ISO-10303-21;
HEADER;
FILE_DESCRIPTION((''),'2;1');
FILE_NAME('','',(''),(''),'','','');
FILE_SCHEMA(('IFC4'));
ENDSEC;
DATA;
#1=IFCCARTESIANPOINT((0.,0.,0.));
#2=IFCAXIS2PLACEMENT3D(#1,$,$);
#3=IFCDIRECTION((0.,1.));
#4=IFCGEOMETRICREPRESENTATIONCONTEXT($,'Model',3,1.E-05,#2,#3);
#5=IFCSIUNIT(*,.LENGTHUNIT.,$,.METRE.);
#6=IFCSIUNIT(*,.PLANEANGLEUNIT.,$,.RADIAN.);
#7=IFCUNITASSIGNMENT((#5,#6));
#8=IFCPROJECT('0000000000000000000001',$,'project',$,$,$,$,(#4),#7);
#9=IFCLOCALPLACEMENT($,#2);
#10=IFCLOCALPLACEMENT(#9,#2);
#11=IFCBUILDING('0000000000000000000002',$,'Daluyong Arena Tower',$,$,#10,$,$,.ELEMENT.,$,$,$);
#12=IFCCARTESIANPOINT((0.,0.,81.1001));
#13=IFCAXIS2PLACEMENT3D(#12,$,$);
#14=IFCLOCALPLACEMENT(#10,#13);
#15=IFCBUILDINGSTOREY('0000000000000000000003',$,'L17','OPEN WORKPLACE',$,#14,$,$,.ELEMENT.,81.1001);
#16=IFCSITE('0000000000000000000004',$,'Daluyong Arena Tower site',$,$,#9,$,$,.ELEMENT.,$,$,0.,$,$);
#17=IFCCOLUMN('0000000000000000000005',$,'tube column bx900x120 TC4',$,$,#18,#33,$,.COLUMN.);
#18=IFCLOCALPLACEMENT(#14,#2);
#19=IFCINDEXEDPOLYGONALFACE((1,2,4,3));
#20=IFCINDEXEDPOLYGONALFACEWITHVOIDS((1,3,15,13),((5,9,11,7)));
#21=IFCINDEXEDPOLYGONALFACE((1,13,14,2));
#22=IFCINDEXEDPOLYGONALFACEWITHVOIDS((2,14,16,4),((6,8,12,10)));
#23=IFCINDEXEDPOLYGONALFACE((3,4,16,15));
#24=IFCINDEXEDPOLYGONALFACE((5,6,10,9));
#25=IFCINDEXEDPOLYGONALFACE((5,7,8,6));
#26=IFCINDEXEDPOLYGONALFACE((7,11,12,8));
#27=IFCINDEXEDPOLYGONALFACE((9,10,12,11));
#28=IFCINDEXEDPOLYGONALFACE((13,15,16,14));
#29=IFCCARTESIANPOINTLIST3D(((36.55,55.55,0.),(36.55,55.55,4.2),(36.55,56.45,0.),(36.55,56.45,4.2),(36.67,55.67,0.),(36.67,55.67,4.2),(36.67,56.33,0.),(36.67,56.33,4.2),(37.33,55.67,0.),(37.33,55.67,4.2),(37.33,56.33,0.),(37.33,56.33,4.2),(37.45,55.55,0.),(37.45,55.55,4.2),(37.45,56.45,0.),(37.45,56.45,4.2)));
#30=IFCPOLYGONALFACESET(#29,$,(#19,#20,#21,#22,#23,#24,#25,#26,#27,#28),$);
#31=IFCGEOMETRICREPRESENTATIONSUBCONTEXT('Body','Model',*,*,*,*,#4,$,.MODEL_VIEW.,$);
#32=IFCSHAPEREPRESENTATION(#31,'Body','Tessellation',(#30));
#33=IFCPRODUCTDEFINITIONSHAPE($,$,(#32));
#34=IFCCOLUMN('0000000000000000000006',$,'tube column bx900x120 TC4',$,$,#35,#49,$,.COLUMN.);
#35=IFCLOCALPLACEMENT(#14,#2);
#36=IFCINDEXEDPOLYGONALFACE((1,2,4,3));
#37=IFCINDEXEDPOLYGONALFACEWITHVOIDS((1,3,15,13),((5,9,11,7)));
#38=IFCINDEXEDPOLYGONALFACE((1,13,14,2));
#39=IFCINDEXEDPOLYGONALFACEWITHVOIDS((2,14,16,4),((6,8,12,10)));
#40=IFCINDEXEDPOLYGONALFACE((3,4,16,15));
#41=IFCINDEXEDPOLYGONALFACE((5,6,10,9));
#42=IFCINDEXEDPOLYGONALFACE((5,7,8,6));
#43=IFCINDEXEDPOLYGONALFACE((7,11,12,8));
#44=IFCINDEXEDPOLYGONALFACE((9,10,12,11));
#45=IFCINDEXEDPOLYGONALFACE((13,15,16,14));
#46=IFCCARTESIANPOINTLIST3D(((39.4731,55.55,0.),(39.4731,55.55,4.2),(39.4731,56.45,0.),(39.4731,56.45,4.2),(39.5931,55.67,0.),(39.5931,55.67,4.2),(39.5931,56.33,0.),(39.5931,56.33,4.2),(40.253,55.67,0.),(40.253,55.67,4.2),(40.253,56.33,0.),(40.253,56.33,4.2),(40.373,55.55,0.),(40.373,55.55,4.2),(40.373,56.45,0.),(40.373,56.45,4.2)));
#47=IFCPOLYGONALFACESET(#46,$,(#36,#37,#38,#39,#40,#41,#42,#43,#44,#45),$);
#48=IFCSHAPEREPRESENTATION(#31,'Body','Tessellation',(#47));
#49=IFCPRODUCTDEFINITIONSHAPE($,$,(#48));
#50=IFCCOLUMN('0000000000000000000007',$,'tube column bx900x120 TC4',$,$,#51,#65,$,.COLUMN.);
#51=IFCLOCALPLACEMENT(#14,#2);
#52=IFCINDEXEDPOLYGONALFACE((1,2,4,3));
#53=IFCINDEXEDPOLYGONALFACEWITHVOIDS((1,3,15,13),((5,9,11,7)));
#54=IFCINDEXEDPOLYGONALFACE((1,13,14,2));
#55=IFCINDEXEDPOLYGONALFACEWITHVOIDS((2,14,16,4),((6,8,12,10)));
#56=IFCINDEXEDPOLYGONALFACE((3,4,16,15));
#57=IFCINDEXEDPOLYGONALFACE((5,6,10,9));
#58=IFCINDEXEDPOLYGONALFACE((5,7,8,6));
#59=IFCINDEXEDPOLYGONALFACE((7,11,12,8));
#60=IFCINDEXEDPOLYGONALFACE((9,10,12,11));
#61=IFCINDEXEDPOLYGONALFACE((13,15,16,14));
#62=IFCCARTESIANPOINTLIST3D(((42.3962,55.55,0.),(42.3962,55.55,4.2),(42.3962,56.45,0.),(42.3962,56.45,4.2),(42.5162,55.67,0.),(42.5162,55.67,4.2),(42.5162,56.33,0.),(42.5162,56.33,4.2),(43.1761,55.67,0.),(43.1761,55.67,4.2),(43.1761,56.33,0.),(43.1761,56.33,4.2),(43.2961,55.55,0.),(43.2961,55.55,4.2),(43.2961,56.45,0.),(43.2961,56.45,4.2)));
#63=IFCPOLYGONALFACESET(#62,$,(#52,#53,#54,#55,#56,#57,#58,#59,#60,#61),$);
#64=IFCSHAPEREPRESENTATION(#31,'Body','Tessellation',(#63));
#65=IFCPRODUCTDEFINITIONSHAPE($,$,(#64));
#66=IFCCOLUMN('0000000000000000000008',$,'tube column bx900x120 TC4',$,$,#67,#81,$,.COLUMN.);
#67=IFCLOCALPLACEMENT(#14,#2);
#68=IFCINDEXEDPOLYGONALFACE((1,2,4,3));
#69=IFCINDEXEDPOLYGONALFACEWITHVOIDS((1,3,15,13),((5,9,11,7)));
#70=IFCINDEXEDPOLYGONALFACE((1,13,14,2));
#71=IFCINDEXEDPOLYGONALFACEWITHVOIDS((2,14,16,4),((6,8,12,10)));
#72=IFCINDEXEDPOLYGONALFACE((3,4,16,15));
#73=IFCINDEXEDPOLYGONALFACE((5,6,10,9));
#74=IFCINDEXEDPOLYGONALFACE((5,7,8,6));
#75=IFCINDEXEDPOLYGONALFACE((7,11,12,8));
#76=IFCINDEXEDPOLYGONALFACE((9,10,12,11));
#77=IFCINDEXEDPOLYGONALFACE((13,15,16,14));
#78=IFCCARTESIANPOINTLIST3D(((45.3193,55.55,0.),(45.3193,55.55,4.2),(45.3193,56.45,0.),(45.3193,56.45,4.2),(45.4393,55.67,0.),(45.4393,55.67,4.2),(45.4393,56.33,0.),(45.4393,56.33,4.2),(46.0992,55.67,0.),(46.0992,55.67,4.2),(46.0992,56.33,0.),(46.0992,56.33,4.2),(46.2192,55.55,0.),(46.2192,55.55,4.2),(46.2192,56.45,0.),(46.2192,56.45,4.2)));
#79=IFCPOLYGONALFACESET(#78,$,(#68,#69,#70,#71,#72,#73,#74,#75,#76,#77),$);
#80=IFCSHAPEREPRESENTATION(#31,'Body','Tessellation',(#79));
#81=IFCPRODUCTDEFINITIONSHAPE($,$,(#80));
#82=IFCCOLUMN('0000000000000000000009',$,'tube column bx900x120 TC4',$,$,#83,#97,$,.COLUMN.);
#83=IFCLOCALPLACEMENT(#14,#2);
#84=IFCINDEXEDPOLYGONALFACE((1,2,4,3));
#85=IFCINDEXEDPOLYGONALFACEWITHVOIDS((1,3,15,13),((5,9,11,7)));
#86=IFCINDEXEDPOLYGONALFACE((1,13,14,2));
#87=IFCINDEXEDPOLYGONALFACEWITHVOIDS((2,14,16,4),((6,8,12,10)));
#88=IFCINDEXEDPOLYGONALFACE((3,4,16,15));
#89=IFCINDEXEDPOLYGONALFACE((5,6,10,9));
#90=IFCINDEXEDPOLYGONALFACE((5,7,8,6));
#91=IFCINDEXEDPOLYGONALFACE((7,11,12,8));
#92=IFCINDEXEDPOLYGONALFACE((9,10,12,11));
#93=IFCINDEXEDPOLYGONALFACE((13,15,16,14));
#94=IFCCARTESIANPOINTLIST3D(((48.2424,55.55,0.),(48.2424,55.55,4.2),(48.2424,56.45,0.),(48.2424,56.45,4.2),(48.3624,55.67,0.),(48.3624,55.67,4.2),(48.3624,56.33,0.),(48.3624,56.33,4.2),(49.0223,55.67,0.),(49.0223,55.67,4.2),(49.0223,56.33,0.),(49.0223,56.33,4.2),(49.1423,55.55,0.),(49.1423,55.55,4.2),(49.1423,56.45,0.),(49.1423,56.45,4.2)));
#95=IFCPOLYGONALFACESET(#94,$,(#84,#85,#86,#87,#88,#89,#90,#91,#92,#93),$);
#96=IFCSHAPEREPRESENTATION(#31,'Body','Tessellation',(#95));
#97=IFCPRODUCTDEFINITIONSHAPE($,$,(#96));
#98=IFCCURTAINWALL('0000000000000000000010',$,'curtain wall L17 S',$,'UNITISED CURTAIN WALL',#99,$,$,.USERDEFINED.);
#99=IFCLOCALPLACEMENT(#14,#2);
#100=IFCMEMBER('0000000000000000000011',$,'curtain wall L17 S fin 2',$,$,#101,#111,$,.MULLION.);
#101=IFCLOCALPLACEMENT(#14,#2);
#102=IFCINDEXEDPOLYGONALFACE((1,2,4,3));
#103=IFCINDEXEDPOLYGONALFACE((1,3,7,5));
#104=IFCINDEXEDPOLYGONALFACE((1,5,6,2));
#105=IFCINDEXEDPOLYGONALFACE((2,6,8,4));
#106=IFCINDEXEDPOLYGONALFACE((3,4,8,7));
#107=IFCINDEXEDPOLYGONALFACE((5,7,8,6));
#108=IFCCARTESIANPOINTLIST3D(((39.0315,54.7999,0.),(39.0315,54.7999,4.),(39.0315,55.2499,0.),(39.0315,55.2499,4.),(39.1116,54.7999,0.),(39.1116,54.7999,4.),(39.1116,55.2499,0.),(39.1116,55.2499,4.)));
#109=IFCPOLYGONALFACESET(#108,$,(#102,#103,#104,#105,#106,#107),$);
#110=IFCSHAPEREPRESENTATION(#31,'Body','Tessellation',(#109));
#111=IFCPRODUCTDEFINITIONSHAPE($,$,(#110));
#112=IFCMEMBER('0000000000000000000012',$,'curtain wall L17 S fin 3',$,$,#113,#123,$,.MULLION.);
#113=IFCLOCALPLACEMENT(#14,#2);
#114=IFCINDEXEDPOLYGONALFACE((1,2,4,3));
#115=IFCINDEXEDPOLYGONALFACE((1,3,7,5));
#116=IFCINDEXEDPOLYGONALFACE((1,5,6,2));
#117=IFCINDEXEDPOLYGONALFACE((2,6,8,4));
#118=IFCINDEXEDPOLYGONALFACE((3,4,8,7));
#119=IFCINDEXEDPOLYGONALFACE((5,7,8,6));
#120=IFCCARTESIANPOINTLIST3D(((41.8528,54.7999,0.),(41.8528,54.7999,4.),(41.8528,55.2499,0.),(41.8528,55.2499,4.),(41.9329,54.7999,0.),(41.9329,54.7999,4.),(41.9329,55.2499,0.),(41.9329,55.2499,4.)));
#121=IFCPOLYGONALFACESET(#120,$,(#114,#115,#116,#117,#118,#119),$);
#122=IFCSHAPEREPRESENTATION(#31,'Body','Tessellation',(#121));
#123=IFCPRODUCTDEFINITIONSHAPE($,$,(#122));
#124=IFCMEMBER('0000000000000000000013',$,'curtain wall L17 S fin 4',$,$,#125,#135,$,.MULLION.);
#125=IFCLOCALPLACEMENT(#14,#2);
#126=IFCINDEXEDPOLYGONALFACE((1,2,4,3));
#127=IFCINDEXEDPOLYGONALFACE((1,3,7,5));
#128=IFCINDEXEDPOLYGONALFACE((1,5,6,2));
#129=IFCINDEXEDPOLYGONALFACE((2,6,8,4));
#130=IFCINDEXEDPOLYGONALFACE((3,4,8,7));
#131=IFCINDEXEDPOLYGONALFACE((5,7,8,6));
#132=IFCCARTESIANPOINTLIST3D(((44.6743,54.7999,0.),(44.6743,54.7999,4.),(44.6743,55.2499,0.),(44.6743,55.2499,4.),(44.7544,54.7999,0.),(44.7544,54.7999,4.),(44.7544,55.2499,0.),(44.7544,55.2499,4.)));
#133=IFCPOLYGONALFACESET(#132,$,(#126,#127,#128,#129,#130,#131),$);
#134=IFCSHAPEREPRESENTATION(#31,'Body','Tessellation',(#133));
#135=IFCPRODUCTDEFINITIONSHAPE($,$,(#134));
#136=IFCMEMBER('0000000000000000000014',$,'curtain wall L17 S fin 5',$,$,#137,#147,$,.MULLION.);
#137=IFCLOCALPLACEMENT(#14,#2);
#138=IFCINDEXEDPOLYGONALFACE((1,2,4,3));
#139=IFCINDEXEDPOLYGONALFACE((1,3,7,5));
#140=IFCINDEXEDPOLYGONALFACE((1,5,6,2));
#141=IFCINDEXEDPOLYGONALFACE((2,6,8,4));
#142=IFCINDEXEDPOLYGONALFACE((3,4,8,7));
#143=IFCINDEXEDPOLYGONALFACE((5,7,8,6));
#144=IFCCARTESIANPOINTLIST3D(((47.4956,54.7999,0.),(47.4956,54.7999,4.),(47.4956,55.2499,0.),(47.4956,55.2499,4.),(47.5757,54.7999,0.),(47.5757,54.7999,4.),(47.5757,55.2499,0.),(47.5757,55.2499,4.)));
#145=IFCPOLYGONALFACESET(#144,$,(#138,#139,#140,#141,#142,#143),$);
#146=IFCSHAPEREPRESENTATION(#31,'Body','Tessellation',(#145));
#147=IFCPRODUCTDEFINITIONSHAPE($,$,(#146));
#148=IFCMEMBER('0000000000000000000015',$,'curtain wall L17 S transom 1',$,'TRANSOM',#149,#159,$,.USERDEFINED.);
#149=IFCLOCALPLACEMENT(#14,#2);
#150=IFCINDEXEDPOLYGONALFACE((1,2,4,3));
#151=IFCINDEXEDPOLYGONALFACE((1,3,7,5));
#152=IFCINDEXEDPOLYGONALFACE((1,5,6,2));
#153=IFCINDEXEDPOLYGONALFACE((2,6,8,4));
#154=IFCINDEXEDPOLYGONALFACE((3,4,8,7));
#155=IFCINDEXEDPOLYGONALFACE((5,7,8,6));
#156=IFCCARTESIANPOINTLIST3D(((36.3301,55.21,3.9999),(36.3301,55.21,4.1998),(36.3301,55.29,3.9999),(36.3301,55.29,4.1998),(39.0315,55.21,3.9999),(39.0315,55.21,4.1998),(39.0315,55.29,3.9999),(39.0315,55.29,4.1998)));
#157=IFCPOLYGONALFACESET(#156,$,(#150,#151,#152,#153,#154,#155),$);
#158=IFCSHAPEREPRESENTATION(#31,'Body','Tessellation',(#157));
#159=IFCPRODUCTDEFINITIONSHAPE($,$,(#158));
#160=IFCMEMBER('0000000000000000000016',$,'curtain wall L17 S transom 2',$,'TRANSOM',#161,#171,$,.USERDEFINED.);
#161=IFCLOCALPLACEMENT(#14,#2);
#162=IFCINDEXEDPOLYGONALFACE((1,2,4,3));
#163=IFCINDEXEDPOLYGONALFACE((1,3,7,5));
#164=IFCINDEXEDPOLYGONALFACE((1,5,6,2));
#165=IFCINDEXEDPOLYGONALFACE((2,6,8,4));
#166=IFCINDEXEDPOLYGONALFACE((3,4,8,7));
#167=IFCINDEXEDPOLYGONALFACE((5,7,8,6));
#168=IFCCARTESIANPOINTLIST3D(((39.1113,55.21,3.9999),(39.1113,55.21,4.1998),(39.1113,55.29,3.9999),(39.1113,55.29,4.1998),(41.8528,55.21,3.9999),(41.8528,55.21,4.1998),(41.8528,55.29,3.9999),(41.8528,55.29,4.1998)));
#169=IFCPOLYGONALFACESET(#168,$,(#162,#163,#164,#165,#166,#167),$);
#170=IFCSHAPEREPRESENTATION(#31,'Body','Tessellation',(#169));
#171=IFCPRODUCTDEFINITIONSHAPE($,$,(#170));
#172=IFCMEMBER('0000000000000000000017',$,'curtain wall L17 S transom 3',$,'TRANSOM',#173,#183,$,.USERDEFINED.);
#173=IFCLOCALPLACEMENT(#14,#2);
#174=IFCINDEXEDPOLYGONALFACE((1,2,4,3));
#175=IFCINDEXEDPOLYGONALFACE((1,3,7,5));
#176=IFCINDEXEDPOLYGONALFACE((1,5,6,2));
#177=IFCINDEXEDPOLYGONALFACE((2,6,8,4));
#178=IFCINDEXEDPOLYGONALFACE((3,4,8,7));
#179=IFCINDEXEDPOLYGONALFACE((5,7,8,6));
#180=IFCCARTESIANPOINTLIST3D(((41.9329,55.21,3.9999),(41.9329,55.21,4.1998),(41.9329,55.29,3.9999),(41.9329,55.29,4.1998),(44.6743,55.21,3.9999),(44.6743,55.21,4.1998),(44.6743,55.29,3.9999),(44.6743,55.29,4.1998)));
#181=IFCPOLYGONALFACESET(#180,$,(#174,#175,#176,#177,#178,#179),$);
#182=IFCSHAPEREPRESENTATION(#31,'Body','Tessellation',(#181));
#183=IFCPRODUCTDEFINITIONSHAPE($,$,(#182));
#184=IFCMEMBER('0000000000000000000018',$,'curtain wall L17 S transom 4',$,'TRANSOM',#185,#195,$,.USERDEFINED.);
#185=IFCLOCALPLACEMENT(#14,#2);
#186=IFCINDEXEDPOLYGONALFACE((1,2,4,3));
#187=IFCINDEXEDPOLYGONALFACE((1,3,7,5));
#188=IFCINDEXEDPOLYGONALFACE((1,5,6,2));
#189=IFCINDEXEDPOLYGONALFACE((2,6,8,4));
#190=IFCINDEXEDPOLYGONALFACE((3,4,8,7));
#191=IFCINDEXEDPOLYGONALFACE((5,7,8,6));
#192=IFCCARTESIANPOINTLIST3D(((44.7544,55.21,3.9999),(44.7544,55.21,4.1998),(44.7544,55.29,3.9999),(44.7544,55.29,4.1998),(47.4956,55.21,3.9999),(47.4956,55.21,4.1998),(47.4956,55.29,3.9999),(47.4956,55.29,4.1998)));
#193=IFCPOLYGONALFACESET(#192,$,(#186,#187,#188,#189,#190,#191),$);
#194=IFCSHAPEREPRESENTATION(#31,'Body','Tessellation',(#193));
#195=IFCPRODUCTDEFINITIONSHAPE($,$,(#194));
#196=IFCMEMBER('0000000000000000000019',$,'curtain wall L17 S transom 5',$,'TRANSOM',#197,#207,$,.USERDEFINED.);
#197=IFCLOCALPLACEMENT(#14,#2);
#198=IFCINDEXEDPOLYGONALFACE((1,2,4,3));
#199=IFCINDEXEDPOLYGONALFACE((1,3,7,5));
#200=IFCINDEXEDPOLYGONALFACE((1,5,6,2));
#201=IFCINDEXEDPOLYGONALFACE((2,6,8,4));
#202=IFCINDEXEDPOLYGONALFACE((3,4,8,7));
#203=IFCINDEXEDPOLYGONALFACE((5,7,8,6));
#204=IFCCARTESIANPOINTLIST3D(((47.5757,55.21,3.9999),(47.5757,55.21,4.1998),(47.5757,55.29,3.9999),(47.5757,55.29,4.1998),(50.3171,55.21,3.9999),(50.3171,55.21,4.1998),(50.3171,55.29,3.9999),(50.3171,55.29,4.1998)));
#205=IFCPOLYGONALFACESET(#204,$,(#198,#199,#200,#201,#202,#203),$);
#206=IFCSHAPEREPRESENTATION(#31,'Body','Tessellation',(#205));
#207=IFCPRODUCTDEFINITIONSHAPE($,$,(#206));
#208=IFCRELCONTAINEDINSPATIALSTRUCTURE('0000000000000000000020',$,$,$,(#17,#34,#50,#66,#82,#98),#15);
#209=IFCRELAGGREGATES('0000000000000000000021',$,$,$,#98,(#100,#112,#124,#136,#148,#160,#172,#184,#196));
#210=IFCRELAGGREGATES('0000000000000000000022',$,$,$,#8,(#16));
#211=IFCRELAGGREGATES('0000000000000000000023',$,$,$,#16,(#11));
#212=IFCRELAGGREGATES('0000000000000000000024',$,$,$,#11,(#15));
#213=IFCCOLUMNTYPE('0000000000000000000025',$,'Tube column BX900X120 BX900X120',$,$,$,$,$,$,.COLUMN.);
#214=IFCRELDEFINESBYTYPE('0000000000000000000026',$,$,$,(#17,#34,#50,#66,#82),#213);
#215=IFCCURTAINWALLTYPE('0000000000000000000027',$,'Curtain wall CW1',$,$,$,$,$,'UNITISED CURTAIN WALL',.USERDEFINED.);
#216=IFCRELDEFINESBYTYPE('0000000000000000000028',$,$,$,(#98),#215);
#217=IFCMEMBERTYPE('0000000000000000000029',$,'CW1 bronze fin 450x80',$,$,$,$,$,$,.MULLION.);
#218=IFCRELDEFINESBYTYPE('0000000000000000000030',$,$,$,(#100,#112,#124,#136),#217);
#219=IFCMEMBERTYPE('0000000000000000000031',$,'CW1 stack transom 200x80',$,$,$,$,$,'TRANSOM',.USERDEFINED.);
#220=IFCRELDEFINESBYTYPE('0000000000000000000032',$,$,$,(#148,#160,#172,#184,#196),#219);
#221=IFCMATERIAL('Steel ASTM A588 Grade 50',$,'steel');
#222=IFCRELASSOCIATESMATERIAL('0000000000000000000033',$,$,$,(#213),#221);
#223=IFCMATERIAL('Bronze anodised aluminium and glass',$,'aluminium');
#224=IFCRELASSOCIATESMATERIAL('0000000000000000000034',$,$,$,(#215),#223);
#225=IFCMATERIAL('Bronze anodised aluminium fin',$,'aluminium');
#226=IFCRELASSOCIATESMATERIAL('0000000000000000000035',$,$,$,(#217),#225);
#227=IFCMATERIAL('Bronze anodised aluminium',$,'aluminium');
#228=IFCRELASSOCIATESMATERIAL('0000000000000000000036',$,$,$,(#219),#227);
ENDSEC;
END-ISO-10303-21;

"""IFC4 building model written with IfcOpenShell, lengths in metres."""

from ifc_helpers import new_model, si_unit, direction, frame, origin, origin_2d, place, context, subcontext, project, spatial, rectangle, hollow_rectangle, extrude, material, material_profile, profile_set, type_object, element, aggregate, save


model = new_model("IFC4")

# Units and contexts
model_context = context("Model", 3, precision=1e-05, world=origin(), true_north=direction((0.0, 1.0)))
body_context = subcontext(model_context, "Body", "Model", "MODEL_VIEW")
ifc_project = project(units=[si_unit("LENGTHUNIT", "METRE"), si_unit("PLANEANGLEUNIT", "RADIAN")], contexts=[model_context])

# Site, building, storey
site_placement = place(None, origin())
site = spatial("IfcSite", under=ifc_project, at=site_placement, Name="Daluyong Arena Tower site", CompositionType="ELEMENT", RefElevation=0.0)
building_placement = place(site_placement, origin())
building = spatial("IfcBuilding", under=site, at=building_placement, Name="Daluyong Arena Tower", CompositionType="ELEMENT")
storey_placement = place(building_placement, frame((0.0, 0.0, 81.1001)))
storey = spatial("IfcBuildingStorey", under=building, at=storey_placement, Name="L17", Description="OPEN WORKPLACE", CompositionType="ELEMENT", Elevation=81.1001)

# Columns
ifc_material_1 = material(Name="Steel ASTM A588 Grade 50", Category="steel")
ifc_material_profile_1 = material_profile(ifc_material_1, hollow_rectangle(XDim=0.8999, YDim=0.8999, WallThickness=0.12, at=origin_2d()))
ifc_profile_set_1 = profile_set([ifc_material_profile_1], Name="Steel ASTM A588 Grade 50")
column_type = type_object("IfcColumnType", Name="Tube column BX900X120 BX900X120", PredefinedType="COLUMN", material=ifc_profile_set_1)
for number, where, z_axis, x_axis, name in (
    (1, (37.0, 56.0, 0.0), (0.0, 0.0, 1.0), (1.0, 0.0, 0.0), "tube column bx900x120 TC4"),
    (2, (39.9231, 56.0, 0.0), (0.0, 0.0, 1.0), (1.0, 0.0, 0.0), "tube column bx900x120 TC4"),
    (3, (42.8462, 56.0, 0.0), (0.0, 0.0, 1.0), (1.0, 0.0, 0.0), "tube column bx900x120 TC4"),
    (4, (45.7693, 56.0, 0.0), (0.0, 0.0, 1.0), (1.0, 0.0, 0.0), "tube column bx900x120 TC4"),
    (5, (48.6924, 56.0, 0.0), (0.0, 0.0, 1.0), (1.0, 0.0, 0.0), "tube column bx900x120 TC4"),
):
    element("IfcColumn", number, at=place(storey_placement, frame(where, z_axis=z_axis, x_axis=x_axis)), inside=storey, type_object=column_type, Name=name, PredefinedType="COLUMN", context=body_context, shape_type="SweptSolid", body=[
        extrude(hollow_rectangle(XDim=0.8999, YDim=0.8999, WallThickness=0.12, at=origin_2d()), origin(), (0.0, 0.0, 1.0), 4.2),
    ])

# Curtain wall, members
ifc_material_2 = material(Name="Bronze anodised aluminium and glass", Category="aluminium")
curtain_wall_type_1 = type_object("IfcCurtainWallType", Name="Curtain wall CW1", ElementType="UNITISED CURTAIN WALL", PredefinedType="USERDEFINED", material=ifc_material_2)
curtain_wall_1_placement = place(storey_placement, origin())
curtain_wall_1 = element("IfcCurtainWall", 6, at=curtain_wall_1_placement, inside=storey, type_object=curtain_wall_type_1, Name="curtain wall L17 S", ObjectType="UNITISED CURTAIN WALL", PredefinedType="USERDEFINED")
ifc_material_3 = material(Name="Bronze anodised aluminium fin", Category="aluminium")
ifc_material_profile_2 = material_profile(ifc_material_3, rectangle(XDim=0.45, YDim=0.0801, at=origin_2d()))
ifc_profile_set_2 = profile_set([ifc_material_profile_2], Name="Bronze anodised aluminium fin")
member_type_1 = type_object("IfcMemberType", Name="CW1 bronze fin 450x80", PredefinedType="MULLION", material=ifc_profile_set_2)
member_1_placement = place(storey_placement, frame((39.0715, 55.0249, 0.0), z_axis=(0.0, 0.0, 1.0), x_axis=(0.0, 1.0, 0.0)))
member_1 = element("IfcMember", 7, at=member_1_placement, type_object=member_type_1, Name="curtain wall L17 S fin 2", PredefinedType="MULLION", context=body_context, shape_type="SweptSolid", body=[
    extrude(rectangle(XDim=0.45, YDim=0.0801, at=origin_2d()), origin(), (0.0, 0.0, 1.0), 4.0),
])
member_2_placement = place(storey_placement, frame((41.8928, 55.0249, 0.0), z_axis=(0.0, 0.0, 1.0), x_axis=(0.0, 1.0, 0.0)))
member_2 = element("IfcMember", 8, at=member_2_placement, type_object=member_type_1, Name="curtain wall L17 S fin 3", PredefinedType="MULLION", context=body_context, shape_type="SweptSolid", body=[
    extrude(rectangle(XDim=0.45, YDim=0.0801, at=origin_2d()), origin(), (0.0, 0.0, 1.0), 4.0),
])
member_3_placement = place(storey_placement, frame((44.7144, 55.0249, 0.0), z_axis=(0.0, 0.0, 1.0), x_axis=(0.0, 1.0, 0.0)))
member_3 = element("IfcMember", 9, at=member_3_placement, type_object=member_type_1, Name="curtain wall L17 S fin 4", PredefinedType="MULLION", context=body_context, shape_type="SweptSolid", body=[
    extrude(rectangle(XDim=0.45, YDim=0.0801, at=origin_2d()), origin(), (0.0, 0.0, 1.0), 4.0),
])
member_4_placement = place(storey_placement, frame((47.5356, 55.0249, 0.0), z_axis=(0.0, 0.0, 1.0), x_axis=(0.0, 1.0, 0.0)))
member_4 = element("IfcMember", 10, at=member_4_placement, type_object=member_type_1, Name="curtain wall L17 S fin 5", PredefinedType="MULLION", context=body_context, shape_type="SweptSolid", body=[
    extrude(rectangle(XDim=0.45, YDim=0.0801, at=origin_2d()), origin(), (0.0, 0.0, 1.0), 4.0),
])
ifc_material_4 = material(Name="Bronze anodised aluminium", Category="aluminium")
ifc_material_profile_3 = material_profile(ifc_material_4, rectangle(XDim=0.0801, YDim=0.2, at=origin_2d()))
ifc_profile_set_3 = profile_set([ifc_material_profile_3], Name="Bronze anodised aluminium")
member_type_2 = type_object("IfcMemberType", Name="CW1 stack transom 200x80", ElementType="TRANSOM", PredefinedType="USERDEFINED", material=ifc_profile_set_3)
member_5_placement = place(storey_placement, frame((36.3301, 55.25, 4.0999), z_axis=(1.0, 0.0, 0.0), x_axis=(0.0, 1.0, 0.0)))
member_5 = element("IfcMember", 11, at=member_5_placement, type_object=member_type_2, Name="curtain wall L17 S transom 1", ObjectType="TRANSOM", PredefinedType="USERDEFINED", context=body_context, shape_type="SweptSolid", body=[
    extrude(rectangle(XDim=0.0801, YDim=0.2, at=origin_2d()), origin(), (0.0, 0.0, 1.0), 2.7014),
])
member_6_placement = place(storey_placement, frame((39.1113, 55.25, 4.0999), z_axis=(1.0, 0.0, 0.0), x_axis=(0.0, 1.0, 0.0)))
member_6 = element("IfcMember", 12, at=member_6_placement, type_object=member_type_2, Name="curtain wall L17 S transom 2", ObjectType="TRANSOM", PredefinedType="USERDEFINED", context=body_context, shape_type="SweptSolid", body=[
    extrude(rectangle(XDim=0.0801, YDim=0.2, at=origin_2d()), origin(), (0.0, 0.0, 1.0), 2.7415),
])
member_7_placement = place(storey_placement, frame((41.9329, 55.25, 4.0999), z_axis=(1.0, 0.0, 0.0), x_axis=(0.0, 1.0, 0.0)))
member_7 = element("IfcMember", 13, at=member_7_placement, type_object=member_type_2, Name="curtain wall L17 S transom 3", ObjectType="TRANSOM", PredefinedType="USERDEFINED", context=body_context, shape_type="SweptSolid", body=[
    extrude(rectangle(XDim=0.0801, YDim=0.2, at=origin_2d()), origin(), (0.0, 0.0, 1.0), 2.7415),
])
member_8_placement = place(storey_placement, frame((44.7544, 55.25, 4.0999), z_axis=(1.0, 0.0, 0.0), x_axis=(0.0, 1.0, 0.0)))
member_8 = element("IfcMember", 14, at=member_8_placement, type_object=member_type_2, Name="curtain wall L17 S transom 4", ObjectType="TRANSOM", PredefinedType="USERDEFINED", context=body_context, shape_type="SweptSolid", body=[
    extrude(rectangle(XDim=0.0801, YDim=0.2, at=origin_2d()), origin(), (0.0, 0.0, 1.0), 2.7412),
])
member_9_placement = place(storey_placement, frame((47.5757, 55.25, 4.0999), z_axis=(1.0, 0.0, 0.0), x_axis=(0.0, 1.0, 0.0)))
member_9 = element("IfcMember", 15, at=member_9_placement, type_object=member_type_2, Name="curtain wall L17 S transom 5", ObjectType="TRANSOM", PredefinedType="USERDEFINED", context=body_context, shape_type="SweptSolid", body=[
    extrude(rectangle(XDim=0.0801, YDim=0.2, at=origin_2d()), origin(), (0.0, 0.0, 1.0), 2.7415),
])

aggregate(curtain_wall_1, [member_1, member_2, member_3, member_4, member_5, member_6, member_7, member_8, member_9])

save(model, "model.ifc")
